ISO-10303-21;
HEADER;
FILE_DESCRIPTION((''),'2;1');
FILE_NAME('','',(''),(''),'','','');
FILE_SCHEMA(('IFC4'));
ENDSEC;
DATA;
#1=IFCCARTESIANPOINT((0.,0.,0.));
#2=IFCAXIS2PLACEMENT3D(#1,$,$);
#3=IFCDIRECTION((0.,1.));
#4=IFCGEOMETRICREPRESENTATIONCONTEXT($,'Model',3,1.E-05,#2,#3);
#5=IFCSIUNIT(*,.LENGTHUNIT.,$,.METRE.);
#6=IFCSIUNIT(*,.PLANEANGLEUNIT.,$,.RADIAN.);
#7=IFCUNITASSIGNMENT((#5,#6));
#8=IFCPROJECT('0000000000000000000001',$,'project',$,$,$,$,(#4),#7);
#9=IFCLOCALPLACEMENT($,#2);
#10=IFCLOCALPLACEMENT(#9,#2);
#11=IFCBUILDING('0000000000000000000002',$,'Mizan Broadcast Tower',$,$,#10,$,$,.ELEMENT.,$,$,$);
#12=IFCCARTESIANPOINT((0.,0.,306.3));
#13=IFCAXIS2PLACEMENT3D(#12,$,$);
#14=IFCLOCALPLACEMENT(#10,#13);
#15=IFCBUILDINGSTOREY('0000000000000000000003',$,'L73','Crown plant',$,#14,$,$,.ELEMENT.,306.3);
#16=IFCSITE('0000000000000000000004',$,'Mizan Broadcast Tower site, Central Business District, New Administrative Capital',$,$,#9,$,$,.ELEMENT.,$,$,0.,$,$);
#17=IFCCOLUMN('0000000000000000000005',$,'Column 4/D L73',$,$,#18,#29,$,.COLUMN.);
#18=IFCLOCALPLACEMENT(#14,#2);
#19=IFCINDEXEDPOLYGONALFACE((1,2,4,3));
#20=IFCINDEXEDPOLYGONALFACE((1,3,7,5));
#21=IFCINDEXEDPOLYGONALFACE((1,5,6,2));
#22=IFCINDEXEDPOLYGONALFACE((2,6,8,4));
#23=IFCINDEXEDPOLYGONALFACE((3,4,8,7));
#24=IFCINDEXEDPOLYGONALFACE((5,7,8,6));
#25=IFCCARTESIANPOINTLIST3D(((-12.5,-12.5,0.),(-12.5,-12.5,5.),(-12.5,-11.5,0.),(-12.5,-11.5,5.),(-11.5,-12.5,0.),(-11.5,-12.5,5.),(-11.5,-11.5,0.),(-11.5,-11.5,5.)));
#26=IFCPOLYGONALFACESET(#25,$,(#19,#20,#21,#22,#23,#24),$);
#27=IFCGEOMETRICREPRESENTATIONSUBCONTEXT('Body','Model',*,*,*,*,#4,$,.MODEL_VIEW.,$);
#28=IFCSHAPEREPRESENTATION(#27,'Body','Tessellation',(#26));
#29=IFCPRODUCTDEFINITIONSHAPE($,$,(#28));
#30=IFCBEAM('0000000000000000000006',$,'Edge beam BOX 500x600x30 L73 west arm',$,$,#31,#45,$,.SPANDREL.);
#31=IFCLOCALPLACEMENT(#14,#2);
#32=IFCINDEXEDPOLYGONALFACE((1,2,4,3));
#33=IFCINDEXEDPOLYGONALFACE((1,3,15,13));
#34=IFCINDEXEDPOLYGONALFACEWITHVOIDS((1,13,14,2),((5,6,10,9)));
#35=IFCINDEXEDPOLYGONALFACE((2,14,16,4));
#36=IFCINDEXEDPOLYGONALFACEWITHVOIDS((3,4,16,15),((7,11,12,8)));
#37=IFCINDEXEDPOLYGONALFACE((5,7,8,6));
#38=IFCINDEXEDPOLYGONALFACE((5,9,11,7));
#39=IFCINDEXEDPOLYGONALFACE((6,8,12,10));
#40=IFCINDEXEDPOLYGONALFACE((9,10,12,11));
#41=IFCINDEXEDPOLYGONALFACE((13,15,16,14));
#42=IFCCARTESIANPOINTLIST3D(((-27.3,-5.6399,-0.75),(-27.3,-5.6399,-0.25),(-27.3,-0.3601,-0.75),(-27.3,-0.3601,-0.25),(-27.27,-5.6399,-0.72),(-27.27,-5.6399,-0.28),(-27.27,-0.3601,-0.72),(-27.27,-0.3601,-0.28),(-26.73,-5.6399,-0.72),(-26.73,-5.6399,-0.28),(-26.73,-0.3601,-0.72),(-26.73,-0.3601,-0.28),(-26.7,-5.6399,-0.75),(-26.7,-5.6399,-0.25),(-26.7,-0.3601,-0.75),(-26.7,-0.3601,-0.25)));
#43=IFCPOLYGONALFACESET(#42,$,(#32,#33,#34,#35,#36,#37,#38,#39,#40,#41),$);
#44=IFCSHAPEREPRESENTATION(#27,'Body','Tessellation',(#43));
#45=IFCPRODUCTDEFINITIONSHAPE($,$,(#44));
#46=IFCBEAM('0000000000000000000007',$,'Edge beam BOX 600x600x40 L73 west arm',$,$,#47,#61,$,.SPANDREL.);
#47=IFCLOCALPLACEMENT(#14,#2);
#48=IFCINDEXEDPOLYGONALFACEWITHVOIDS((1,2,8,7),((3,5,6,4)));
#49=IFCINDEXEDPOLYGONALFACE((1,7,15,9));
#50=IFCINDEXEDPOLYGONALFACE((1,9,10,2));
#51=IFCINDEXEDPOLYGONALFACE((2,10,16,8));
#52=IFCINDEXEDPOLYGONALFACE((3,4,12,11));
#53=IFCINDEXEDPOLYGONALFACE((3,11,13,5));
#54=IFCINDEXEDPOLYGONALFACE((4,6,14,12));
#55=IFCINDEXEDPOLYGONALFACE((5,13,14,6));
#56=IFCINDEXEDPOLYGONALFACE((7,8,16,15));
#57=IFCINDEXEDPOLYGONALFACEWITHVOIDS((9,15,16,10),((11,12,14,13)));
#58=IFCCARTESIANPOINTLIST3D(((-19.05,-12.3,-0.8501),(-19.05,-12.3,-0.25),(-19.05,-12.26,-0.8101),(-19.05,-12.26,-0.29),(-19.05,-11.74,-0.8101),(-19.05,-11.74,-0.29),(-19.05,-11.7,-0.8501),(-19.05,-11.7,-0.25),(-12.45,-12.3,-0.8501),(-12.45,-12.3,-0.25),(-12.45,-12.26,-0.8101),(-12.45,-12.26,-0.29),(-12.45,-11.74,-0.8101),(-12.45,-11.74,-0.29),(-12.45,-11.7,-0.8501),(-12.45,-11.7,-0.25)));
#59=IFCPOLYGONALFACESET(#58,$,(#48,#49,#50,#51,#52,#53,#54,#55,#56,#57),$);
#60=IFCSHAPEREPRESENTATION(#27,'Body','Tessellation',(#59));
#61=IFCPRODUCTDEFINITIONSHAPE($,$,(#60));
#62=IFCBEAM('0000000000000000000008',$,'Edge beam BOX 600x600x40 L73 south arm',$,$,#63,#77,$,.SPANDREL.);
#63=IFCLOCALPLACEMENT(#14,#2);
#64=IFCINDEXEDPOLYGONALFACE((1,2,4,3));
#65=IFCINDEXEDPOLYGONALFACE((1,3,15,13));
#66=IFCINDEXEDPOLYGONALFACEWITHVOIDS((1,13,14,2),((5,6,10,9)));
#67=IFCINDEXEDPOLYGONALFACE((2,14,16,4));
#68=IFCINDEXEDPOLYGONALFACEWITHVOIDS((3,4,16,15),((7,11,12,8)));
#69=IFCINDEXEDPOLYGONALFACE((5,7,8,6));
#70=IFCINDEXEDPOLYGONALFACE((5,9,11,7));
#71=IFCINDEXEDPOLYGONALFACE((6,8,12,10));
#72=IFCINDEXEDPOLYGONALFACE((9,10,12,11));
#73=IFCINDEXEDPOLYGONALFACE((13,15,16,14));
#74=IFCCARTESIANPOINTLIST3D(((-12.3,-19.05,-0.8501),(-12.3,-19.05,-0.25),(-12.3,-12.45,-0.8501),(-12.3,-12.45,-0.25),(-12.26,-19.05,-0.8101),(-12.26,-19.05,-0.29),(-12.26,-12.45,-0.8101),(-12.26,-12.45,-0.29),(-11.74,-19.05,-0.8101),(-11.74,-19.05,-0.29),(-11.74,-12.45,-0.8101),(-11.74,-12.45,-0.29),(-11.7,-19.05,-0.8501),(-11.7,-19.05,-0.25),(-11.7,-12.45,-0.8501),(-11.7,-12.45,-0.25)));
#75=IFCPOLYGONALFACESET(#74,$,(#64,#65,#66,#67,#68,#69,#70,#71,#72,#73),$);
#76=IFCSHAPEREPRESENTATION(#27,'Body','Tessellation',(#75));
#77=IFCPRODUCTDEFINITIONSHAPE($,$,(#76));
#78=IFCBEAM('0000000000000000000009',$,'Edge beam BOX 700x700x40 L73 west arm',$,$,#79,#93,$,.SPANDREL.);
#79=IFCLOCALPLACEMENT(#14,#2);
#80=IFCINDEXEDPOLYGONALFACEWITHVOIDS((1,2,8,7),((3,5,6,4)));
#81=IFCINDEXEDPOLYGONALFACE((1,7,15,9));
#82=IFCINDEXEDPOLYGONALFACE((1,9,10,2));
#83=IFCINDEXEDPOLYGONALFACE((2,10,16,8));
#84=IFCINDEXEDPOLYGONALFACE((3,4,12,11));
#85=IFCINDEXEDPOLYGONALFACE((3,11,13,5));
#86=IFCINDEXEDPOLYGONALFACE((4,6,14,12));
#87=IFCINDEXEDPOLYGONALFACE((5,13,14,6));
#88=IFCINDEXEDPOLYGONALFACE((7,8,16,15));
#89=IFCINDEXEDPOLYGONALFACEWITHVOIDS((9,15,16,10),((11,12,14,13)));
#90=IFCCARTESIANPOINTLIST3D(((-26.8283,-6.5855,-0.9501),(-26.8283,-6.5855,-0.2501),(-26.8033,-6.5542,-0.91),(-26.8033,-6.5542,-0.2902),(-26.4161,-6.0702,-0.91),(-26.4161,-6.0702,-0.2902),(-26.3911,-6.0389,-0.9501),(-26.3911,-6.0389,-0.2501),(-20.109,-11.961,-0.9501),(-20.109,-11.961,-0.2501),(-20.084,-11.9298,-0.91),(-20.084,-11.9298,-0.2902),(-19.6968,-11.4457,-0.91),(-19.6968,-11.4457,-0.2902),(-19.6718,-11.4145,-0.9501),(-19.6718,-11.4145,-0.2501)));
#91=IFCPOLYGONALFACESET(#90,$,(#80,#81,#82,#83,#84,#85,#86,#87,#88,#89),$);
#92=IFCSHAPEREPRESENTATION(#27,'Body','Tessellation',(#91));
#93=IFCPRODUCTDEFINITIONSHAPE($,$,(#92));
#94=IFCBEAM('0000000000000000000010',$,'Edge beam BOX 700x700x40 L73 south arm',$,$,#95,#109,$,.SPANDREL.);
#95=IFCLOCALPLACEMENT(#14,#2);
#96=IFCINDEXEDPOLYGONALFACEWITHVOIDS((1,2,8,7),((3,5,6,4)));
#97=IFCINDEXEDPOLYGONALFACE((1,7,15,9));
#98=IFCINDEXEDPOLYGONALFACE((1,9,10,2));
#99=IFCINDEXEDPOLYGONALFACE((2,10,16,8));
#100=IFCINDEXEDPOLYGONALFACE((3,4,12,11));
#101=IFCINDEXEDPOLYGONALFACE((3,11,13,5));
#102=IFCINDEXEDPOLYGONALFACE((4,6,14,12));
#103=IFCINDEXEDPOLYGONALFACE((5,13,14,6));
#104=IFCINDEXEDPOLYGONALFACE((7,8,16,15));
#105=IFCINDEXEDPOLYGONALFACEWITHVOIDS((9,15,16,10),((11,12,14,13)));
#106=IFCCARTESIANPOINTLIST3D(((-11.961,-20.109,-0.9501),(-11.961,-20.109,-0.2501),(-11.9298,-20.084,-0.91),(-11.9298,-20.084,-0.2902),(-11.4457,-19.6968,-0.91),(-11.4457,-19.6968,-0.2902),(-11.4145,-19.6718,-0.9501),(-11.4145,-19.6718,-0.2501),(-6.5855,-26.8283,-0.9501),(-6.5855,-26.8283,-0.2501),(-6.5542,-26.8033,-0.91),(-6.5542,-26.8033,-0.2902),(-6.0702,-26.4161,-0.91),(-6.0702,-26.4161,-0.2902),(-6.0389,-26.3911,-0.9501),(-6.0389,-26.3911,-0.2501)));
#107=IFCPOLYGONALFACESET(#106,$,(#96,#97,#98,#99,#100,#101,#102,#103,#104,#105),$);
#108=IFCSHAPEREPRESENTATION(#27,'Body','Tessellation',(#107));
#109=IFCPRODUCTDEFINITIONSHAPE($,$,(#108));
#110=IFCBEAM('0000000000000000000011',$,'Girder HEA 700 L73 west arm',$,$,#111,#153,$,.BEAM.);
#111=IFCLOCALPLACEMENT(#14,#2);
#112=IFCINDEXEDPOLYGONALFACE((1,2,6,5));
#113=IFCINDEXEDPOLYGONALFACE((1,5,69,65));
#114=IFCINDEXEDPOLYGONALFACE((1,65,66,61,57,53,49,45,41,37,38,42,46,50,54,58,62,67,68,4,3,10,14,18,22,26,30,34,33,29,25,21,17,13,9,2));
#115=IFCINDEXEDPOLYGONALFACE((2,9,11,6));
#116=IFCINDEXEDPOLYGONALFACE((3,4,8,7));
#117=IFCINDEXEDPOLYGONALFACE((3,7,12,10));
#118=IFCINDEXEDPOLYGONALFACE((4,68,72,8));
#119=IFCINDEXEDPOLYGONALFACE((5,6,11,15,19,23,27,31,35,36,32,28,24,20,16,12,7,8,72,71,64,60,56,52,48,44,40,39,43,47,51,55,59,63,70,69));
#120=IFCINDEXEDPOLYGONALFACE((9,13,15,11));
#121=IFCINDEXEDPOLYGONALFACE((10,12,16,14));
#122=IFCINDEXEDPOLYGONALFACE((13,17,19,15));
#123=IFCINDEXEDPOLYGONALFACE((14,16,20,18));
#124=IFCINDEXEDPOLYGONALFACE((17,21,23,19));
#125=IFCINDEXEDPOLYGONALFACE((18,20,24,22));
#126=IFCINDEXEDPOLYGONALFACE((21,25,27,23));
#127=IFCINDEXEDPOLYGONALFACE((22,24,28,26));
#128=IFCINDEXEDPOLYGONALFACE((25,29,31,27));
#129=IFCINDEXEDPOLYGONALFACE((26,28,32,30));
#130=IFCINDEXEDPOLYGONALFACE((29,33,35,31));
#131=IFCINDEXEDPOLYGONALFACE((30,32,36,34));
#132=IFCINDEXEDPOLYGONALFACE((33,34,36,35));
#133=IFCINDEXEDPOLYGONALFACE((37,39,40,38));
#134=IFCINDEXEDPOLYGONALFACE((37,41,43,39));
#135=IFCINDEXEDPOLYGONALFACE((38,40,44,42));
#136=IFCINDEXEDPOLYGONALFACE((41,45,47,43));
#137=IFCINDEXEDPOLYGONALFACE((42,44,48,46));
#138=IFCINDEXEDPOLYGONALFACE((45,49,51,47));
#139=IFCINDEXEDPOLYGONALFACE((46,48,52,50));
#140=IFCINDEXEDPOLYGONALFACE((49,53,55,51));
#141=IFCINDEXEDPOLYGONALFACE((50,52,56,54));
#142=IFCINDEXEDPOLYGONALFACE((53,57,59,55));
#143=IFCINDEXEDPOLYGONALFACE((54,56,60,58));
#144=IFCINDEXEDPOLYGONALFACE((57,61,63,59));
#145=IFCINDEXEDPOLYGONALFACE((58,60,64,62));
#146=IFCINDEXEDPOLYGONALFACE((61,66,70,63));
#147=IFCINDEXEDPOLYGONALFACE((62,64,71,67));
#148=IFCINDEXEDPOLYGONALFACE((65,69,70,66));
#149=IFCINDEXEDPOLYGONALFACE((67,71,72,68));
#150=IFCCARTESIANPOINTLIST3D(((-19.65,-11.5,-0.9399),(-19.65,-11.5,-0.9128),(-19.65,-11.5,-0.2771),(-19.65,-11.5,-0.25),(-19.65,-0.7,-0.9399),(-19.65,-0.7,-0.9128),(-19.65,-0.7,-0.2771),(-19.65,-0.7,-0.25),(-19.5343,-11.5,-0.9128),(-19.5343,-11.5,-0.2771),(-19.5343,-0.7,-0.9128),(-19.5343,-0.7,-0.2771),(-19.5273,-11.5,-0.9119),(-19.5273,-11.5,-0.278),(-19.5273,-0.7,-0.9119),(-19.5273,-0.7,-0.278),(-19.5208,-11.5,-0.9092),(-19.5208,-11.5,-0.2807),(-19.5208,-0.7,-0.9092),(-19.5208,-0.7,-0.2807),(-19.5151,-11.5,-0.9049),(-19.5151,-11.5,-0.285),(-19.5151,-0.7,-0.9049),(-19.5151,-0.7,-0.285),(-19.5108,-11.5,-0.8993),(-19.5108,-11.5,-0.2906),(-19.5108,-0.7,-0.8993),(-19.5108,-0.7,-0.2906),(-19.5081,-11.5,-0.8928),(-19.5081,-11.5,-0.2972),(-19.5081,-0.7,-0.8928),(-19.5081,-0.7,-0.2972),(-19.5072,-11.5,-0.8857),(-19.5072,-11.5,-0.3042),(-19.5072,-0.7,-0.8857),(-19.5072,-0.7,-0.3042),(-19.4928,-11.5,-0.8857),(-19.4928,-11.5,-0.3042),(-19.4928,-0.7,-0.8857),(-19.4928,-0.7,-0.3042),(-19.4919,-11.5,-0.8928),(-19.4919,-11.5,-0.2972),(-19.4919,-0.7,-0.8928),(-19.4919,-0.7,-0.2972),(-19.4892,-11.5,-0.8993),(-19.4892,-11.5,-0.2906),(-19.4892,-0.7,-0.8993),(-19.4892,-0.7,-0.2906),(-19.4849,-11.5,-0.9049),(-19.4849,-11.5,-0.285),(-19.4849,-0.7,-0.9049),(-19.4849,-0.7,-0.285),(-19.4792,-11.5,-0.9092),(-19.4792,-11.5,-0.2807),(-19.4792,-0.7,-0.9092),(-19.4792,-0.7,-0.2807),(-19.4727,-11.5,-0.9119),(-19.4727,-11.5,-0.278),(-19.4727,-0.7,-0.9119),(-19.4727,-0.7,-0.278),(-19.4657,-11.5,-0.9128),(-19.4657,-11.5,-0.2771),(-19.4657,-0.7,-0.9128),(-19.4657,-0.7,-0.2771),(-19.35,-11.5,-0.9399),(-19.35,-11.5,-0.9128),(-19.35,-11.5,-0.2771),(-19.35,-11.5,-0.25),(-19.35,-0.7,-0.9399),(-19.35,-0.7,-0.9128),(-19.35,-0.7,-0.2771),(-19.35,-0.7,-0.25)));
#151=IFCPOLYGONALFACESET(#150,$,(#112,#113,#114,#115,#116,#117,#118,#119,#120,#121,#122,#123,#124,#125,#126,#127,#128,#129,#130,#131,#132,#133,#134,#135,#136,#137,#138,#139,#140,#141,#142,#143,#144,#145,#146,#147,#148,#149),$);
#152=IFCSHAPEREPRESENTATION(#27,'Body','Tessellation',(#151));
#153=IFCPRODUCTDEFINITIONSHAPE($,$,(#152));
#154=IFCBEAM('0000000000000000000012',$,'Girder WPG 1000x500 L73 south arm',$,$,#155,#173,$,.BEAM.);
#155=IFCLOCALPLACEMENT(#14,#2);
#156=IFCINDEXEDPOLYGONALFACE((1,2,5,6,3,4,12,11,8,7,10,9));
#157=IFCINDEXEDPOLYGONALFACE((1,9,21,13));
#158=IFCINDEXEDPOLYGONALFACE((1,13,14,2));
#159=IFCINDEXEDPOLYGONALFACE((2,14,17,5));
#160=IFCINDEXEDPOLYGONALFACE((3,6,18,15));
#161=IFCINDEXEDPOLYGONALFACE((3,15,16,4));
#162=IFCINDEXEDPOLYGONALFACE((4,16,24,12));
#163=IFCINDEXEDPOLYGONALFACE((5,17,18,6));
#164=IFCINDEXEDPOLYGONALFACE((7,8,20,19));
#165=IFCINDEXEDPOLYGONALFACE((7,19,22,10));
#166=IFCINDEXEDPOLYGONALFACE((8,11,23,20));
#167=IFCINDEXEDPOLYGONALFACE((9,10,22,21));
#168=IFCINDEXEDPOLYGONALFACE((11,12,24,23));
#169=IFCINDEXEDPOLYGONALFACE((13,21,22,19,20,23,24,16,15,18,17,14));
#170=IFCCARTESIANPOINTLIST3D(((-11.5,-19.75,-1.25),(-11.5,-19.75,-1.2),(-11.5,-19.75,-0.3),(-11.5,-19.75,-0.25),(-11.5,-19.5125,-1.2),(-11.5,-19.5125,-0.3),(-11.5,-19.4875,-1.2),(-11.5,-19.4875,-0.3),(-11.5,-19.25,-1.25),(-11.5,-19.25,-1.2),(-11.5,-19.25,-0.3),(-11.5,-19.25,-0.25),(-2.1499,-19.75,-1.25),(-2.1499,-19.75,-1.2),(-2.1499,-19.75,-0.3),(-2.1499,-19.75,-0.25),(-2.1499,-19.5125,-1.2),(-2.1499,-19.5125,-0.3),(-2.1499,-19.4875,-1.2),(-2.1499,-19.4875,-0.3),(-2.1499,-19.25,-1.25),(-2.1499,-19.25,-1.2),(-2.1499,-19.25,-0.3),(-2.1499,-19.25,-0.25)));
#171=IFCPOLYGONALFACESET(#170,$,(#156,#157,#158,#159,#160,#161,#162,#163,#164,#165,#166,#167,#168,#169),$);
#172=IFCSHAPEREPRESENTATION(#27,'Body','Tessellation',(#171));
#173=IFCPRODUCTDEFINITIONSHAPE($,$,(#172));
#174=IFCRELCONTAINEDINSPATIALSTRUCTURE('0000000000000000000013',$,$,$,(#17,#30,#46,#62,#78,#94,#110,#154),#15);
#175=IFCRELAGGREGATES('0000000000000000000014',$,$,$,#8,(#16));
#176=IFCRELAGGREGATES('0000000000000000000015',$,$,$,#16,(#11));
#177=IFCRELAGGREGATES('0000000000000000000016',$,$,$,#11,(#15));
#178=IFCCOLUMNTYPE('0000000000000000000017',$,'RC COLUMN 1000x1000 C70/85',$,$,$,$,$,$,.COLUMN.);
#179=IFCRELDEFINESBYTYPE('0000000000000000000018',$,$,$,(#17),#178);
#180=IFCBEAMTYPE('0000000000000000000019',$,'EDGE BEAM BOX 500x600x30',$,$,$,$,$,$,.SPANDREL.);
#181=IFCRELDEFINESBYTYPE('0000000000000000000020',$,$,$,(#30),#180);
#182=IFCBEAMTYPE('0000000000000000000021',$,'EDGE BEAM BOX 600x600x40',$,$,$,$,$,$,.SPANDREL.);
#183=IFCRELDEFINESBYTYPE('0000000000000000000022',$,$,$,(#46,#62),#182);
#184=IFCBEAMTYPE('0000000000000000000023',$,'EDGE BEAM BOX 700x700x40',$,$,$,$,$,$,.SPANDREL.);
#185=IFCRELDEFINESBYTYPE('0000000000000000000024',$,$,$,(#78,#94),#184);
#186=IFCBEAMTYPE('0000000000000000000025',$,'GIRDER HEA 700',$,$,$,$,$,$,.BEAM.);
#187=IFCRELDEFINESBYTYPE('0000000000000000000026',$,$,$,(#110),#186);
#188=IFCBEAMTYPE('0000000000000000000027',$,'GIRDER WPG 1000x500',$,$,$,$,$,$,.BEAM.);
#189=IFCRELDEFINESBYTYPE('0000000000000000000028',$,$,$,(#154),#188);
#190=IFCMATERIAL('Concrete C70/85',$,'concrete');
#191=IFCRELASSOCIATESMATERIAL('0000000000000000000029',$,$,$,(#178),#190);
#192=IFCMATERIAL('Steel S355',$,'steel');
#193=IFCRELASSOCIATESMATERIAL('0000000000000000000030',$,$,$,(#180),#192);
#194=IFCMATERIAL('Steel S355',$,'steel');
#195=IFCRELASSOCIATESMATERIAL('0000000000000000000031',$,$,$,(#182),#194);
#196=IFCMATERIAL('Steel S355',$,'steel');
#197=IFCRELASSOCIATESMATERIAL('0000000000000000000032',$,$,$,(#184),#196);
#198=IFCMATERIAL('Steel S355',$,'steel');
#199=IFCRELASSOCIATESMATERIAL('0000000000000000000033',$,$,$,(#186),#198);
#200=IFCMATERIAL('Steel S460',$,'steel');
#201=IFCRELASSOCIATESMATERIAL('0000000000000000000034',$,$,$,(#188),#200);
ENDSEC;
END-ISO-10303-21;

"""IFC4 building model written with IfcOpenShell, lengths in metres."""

from ifc_helpers import new_model, si_unit, direction, frame, origin, origin_2d, place, context, subcontext, project, spatial, rectangle, hollow_rectangle, i_section, extrude, material, material_profile, profile_set, type_object, element, save


model = new_model("IFC4")

# Units and contexts
model_context = context("Model", 3, precision=1e-05, world=origin(), true_north=direction((0.0, 1.0)))
body_context = subcontext(model_context, "Body", "Model", "MODEL_VIEW")
ifc_project = project(units=[si_unit("LENGTHUNIT", "METRE"), si_unit("PLANEANGLEUNIT", "RADIAN")], contexts=[model_context])

# Site, building, storey
site_placement = place(None, origin())
site = spatial("IfcSite", under=ifc_project, at=site_placement, Name="Mizan Broadcast Tower site, Central Business District, New Administrative Capital", CompositionType="ELEMENT", RefElevation=0.0)
building_placement = place(site_placement, origin())
building = spatial("IfcBuilding", under=site, at=building_placement, Name="Mizan Broadcast Tower", CompositionType="ELEMENT")
storey_placement = place(building_placement, frame((0.0, 0.0, 306.3)))
storey = spatial("IfcBuildingStorey", under=building, at=storey_placement, Name="L73", Description="Crown plant", CompositionType="ELEMENT", Elevation=306.3)

# Column
ifc_material_1 = material(Name="Concrete C70/85", Category="concrete")
ifc_material_profile_1 = material_profile(ifc_material_1, rectangle(XDim=1.0, YDim=1.0, at=origin_2d()), Name="RC 1000x1000")
ifc_profile_set_1 = profile_set([ifc_material_profile_1], Name="Concrete C70/85")
column_type = type_object("IfcColumnType", Name="RC COLUMN 1000x1000 C70/85", PredefinedType="COLUMN", material=ifc_profile_set_1)
column_placement = place(storey_placement, frame((-12.0, -12.0, 0.0), z_axis=(0.0, 0.0, 1.0), x_axis=(1.0, 0.0, 0.0)))
element("IfcColumn", 1, at=column_placement, inside=storey, type_object=column_type, Name="Column 4/D L73", PredefinedType="COLUMN", context=body_context, shape_type="SweptSolid", body=[
    extrude(rectangle(XDim=1.0, YDim=1.0, at=origin_2d()), origin(), (0.0, 0.0, 1.0), 5.0),
])

# Beams
ifc_material_2 = material(Name="Steel S355", Category="steel")
ifc_material_profile_2 = material_profile(ifc_material_2, hollow_rectangle(XDim=0.6001, YDim=0.5, WallThickness=0.03, at=origin_2d()), Name="BOX 500x600x30")
ifc_profile_set_2 = profile_set([ifc_material_profile_2], Name="Steel S355")
beam_type_1 = type_object("IfcBeamType", Name="EDGE BEAM BOX 500x600x30", PredefinedType="SPANDREL", material=ifc_profile_set_2)
beam_1_placement = place(storey_placement, frame((-27.0, -5.6399, -0.5), z_axis=(0.0, 1.0, 0.0), x_axis=(-1.0, 0.0, 0.0)))
element("IfcBeam", 2, at=beam_1_placement, inside=storey, type_object=beam_type_1, Name="Edge beam BOX 500x600x30 L73 west arm", PredefinedType="SPANDREL", context=body_context, shape_type="SweptSolid", body=[
    extrude(hollow_rectangle(XDim=0.6001, YDim=0.5, WallThickness=0.03, at=origin_2d()), origin(), (0.0, 0.0, 1.0), 5.2798),
])
ifc_material_3 = material(Name="Steel S355", Category="steel")
ifc_material_profile_3 = material_profile(ifc_material_3, hollow_rectangle(XDim=0.6001, YDim=0.6001, WallThickness=0.04, at=origin_2d()), Name="BOX 600x600x40")
ifc_profile_set_3 = profile_set([ifc_material_profile_3], Name="Steel S355")
beam_type_2 = type_object("IfcBeamType", Name="EDGE BEAM BOX 600x600x40", PredefinedType="SPANDREL", material=ifc_profile_set_3)
for number, where, z_axis, x_axis, name in (
    (3, (-12.45, -12.0, -0.55), (-1.0, 0.0, 0.0), (0.0, -1.0, 0.0), "Edge beam BOX 600x600x40 L73 west arm"),
    (4, (-12.0, -12.45, -0.55), (0.0, -1.0, 0.0), (1.0, 0.0, 0.0), "Edge beam BOX 600x600x40 L73 south arm"),
):
    element("IfcBeam", number, at=place(storey_placement, frame(where, z_axis=z_axis, x_axis=x_axis)), inside=storey, type_object=beam_type_2, Name=name, PredefinedType="SPANDREL", context=body_context, shape_type="SweptSolid", body=[
        extrude(hollow_rectangle(XDim=0.6001, YDim=0.6001, WallThickness=0.04, at=origin_2d()), origin(), (0.0, 0.0, 1.0), 6.6001),
    ])
ifc_material_4 = material(Name="Steel S355", Category="steel")
ifc_material_profile_4 = material_profile(ifc_material_4, hollow_rectangle(XDim=0.7, YDim=0.7, WallThickness=0.04, at=origin_2d()), Name="BOX 700x700x40")
ifc_profile_set_4 = profile_set([ifc_material_profile_4], Name="Steel S355")
beam_type_3 = type_object("IfcBeamType", Name="EDGE BEAM BOX 700x700x40", PredefinedType="SPANDREL", material=ifc_profile_set_4)
for number, where, z_axis, x_axis, name in (
    (5, (-19.8904, -11.6877, -0.6001), (-0.780863, 0.624702, 0.0), (-0.624702, -0.780863, 0.0), "Edge beam BOX 700x700x40 L73 west arm"),
    (6, (-11.6877, -19.8904, -0.6001), (0.624702, -0.780863, 0.0), (0.780863, 0.624702, 0.0), "Edge beam BOX 700x700x40 L73 south arm"),
):
    element("IfcBeam", number, at=place(storey_placement, frame(where, z_axis=z_axis, x_axis=x_axis)), inside=storey, type_object=beam_type_3, Name=name, PredefinedType="SPANDREL", context=body_context, shape_type="SweptSolid", body=[
        extrude(hollow_rectangle(XDim=0.7, YDim=0.7, WallThickness=0.04, at=origin_2d()), origin(), (0.0, 0.0, 1.0), 8.605),
    ])
ifc_material_5 = material(Name="Steel S355", Category="steel")
ifc_material_profile_5 = material_profile(ifc_material_5, i_section(OverallWidth=0.3, OverallDepth=0.6899, WebThickness=0.0144, FlangeThickness=0.0271, FilletRadius=0.0271, at=origin_2d()), Name="HEA 700")
ifc_profile_set_5 = profile_set([ifc_material_profile_5], Name="Steel S355")
beam_type_4 = type_object("IfcBeamType", Name="GIRDER HEA 700", PredefinedType="BEAM", material=ifc_profile_set_5)
beam_2_placement = place(storey_placement, frame((-19.5, -11.5, -0.595), z_axis=(0.0, 1.0, 0.0), x_axis=(-1.0, 0.0, 0.0)))
element("IfcBeam", 7, at=beam_2_placement, inside=storey, type_object=beam_type_4, Name="Girder HEA 700 L73 west arm", PredefinedType="BEAM", context=body_context, shape_type="SweptSolid", body=[
    extrude(i_section(OverallWidth=0.3, OverallDepth=0.6899, WebThickness=0.0144, FlangeThickness=0.0271, FilletRadius=0.0271, at=origin_2d()), origin(), (0.0, 0.0, 1.0), 10.8),
])
ifc_material_6 = material(Name="Steel S460", Category="steel")
ifc_material_profile_6 = material_profile(ifc_material_6, i_section(OverallWidth=0.5, OverallDepth=1.0, WebThickness=0.0249, FlangeThickness=0.05, at=origin_2d()), Name="WPG 1000x500")
ifc_profile_set_6 = profile_set([ifc_material_profile_6], Name="Steel S460")
beam_type_5 = type_object("IfcBeamType", Name="GIRDER WPG 1000x500", PredefinedType="BEAM", material=ifc_profile_set_6)
beam_3_placement = place(storey_placement, frame((-11.5, -19.5, -0.75), z_axis=(1.0, 0.0, 0.0), x_axis=(0.0, 1.0, 0.0)))
element("IfcBeam", 8, at=beam_3_placement, inside=storey, type_object=beam_type_5, Name="Girder WPG 1000x500 L73 south arm", PredefinedType="BEAM", context=body_context, shape_type="SweptSolid", body=[
    extrude(i_section(OverallWidth=0.5, OverallDepth=1.0, WebThickness=0.0249, FlangeThickness=0.05, at=origin_2d()), origin(), (0.0, 0.0, 1.0), 9.3501),
])

save(model, "model.ifc")
